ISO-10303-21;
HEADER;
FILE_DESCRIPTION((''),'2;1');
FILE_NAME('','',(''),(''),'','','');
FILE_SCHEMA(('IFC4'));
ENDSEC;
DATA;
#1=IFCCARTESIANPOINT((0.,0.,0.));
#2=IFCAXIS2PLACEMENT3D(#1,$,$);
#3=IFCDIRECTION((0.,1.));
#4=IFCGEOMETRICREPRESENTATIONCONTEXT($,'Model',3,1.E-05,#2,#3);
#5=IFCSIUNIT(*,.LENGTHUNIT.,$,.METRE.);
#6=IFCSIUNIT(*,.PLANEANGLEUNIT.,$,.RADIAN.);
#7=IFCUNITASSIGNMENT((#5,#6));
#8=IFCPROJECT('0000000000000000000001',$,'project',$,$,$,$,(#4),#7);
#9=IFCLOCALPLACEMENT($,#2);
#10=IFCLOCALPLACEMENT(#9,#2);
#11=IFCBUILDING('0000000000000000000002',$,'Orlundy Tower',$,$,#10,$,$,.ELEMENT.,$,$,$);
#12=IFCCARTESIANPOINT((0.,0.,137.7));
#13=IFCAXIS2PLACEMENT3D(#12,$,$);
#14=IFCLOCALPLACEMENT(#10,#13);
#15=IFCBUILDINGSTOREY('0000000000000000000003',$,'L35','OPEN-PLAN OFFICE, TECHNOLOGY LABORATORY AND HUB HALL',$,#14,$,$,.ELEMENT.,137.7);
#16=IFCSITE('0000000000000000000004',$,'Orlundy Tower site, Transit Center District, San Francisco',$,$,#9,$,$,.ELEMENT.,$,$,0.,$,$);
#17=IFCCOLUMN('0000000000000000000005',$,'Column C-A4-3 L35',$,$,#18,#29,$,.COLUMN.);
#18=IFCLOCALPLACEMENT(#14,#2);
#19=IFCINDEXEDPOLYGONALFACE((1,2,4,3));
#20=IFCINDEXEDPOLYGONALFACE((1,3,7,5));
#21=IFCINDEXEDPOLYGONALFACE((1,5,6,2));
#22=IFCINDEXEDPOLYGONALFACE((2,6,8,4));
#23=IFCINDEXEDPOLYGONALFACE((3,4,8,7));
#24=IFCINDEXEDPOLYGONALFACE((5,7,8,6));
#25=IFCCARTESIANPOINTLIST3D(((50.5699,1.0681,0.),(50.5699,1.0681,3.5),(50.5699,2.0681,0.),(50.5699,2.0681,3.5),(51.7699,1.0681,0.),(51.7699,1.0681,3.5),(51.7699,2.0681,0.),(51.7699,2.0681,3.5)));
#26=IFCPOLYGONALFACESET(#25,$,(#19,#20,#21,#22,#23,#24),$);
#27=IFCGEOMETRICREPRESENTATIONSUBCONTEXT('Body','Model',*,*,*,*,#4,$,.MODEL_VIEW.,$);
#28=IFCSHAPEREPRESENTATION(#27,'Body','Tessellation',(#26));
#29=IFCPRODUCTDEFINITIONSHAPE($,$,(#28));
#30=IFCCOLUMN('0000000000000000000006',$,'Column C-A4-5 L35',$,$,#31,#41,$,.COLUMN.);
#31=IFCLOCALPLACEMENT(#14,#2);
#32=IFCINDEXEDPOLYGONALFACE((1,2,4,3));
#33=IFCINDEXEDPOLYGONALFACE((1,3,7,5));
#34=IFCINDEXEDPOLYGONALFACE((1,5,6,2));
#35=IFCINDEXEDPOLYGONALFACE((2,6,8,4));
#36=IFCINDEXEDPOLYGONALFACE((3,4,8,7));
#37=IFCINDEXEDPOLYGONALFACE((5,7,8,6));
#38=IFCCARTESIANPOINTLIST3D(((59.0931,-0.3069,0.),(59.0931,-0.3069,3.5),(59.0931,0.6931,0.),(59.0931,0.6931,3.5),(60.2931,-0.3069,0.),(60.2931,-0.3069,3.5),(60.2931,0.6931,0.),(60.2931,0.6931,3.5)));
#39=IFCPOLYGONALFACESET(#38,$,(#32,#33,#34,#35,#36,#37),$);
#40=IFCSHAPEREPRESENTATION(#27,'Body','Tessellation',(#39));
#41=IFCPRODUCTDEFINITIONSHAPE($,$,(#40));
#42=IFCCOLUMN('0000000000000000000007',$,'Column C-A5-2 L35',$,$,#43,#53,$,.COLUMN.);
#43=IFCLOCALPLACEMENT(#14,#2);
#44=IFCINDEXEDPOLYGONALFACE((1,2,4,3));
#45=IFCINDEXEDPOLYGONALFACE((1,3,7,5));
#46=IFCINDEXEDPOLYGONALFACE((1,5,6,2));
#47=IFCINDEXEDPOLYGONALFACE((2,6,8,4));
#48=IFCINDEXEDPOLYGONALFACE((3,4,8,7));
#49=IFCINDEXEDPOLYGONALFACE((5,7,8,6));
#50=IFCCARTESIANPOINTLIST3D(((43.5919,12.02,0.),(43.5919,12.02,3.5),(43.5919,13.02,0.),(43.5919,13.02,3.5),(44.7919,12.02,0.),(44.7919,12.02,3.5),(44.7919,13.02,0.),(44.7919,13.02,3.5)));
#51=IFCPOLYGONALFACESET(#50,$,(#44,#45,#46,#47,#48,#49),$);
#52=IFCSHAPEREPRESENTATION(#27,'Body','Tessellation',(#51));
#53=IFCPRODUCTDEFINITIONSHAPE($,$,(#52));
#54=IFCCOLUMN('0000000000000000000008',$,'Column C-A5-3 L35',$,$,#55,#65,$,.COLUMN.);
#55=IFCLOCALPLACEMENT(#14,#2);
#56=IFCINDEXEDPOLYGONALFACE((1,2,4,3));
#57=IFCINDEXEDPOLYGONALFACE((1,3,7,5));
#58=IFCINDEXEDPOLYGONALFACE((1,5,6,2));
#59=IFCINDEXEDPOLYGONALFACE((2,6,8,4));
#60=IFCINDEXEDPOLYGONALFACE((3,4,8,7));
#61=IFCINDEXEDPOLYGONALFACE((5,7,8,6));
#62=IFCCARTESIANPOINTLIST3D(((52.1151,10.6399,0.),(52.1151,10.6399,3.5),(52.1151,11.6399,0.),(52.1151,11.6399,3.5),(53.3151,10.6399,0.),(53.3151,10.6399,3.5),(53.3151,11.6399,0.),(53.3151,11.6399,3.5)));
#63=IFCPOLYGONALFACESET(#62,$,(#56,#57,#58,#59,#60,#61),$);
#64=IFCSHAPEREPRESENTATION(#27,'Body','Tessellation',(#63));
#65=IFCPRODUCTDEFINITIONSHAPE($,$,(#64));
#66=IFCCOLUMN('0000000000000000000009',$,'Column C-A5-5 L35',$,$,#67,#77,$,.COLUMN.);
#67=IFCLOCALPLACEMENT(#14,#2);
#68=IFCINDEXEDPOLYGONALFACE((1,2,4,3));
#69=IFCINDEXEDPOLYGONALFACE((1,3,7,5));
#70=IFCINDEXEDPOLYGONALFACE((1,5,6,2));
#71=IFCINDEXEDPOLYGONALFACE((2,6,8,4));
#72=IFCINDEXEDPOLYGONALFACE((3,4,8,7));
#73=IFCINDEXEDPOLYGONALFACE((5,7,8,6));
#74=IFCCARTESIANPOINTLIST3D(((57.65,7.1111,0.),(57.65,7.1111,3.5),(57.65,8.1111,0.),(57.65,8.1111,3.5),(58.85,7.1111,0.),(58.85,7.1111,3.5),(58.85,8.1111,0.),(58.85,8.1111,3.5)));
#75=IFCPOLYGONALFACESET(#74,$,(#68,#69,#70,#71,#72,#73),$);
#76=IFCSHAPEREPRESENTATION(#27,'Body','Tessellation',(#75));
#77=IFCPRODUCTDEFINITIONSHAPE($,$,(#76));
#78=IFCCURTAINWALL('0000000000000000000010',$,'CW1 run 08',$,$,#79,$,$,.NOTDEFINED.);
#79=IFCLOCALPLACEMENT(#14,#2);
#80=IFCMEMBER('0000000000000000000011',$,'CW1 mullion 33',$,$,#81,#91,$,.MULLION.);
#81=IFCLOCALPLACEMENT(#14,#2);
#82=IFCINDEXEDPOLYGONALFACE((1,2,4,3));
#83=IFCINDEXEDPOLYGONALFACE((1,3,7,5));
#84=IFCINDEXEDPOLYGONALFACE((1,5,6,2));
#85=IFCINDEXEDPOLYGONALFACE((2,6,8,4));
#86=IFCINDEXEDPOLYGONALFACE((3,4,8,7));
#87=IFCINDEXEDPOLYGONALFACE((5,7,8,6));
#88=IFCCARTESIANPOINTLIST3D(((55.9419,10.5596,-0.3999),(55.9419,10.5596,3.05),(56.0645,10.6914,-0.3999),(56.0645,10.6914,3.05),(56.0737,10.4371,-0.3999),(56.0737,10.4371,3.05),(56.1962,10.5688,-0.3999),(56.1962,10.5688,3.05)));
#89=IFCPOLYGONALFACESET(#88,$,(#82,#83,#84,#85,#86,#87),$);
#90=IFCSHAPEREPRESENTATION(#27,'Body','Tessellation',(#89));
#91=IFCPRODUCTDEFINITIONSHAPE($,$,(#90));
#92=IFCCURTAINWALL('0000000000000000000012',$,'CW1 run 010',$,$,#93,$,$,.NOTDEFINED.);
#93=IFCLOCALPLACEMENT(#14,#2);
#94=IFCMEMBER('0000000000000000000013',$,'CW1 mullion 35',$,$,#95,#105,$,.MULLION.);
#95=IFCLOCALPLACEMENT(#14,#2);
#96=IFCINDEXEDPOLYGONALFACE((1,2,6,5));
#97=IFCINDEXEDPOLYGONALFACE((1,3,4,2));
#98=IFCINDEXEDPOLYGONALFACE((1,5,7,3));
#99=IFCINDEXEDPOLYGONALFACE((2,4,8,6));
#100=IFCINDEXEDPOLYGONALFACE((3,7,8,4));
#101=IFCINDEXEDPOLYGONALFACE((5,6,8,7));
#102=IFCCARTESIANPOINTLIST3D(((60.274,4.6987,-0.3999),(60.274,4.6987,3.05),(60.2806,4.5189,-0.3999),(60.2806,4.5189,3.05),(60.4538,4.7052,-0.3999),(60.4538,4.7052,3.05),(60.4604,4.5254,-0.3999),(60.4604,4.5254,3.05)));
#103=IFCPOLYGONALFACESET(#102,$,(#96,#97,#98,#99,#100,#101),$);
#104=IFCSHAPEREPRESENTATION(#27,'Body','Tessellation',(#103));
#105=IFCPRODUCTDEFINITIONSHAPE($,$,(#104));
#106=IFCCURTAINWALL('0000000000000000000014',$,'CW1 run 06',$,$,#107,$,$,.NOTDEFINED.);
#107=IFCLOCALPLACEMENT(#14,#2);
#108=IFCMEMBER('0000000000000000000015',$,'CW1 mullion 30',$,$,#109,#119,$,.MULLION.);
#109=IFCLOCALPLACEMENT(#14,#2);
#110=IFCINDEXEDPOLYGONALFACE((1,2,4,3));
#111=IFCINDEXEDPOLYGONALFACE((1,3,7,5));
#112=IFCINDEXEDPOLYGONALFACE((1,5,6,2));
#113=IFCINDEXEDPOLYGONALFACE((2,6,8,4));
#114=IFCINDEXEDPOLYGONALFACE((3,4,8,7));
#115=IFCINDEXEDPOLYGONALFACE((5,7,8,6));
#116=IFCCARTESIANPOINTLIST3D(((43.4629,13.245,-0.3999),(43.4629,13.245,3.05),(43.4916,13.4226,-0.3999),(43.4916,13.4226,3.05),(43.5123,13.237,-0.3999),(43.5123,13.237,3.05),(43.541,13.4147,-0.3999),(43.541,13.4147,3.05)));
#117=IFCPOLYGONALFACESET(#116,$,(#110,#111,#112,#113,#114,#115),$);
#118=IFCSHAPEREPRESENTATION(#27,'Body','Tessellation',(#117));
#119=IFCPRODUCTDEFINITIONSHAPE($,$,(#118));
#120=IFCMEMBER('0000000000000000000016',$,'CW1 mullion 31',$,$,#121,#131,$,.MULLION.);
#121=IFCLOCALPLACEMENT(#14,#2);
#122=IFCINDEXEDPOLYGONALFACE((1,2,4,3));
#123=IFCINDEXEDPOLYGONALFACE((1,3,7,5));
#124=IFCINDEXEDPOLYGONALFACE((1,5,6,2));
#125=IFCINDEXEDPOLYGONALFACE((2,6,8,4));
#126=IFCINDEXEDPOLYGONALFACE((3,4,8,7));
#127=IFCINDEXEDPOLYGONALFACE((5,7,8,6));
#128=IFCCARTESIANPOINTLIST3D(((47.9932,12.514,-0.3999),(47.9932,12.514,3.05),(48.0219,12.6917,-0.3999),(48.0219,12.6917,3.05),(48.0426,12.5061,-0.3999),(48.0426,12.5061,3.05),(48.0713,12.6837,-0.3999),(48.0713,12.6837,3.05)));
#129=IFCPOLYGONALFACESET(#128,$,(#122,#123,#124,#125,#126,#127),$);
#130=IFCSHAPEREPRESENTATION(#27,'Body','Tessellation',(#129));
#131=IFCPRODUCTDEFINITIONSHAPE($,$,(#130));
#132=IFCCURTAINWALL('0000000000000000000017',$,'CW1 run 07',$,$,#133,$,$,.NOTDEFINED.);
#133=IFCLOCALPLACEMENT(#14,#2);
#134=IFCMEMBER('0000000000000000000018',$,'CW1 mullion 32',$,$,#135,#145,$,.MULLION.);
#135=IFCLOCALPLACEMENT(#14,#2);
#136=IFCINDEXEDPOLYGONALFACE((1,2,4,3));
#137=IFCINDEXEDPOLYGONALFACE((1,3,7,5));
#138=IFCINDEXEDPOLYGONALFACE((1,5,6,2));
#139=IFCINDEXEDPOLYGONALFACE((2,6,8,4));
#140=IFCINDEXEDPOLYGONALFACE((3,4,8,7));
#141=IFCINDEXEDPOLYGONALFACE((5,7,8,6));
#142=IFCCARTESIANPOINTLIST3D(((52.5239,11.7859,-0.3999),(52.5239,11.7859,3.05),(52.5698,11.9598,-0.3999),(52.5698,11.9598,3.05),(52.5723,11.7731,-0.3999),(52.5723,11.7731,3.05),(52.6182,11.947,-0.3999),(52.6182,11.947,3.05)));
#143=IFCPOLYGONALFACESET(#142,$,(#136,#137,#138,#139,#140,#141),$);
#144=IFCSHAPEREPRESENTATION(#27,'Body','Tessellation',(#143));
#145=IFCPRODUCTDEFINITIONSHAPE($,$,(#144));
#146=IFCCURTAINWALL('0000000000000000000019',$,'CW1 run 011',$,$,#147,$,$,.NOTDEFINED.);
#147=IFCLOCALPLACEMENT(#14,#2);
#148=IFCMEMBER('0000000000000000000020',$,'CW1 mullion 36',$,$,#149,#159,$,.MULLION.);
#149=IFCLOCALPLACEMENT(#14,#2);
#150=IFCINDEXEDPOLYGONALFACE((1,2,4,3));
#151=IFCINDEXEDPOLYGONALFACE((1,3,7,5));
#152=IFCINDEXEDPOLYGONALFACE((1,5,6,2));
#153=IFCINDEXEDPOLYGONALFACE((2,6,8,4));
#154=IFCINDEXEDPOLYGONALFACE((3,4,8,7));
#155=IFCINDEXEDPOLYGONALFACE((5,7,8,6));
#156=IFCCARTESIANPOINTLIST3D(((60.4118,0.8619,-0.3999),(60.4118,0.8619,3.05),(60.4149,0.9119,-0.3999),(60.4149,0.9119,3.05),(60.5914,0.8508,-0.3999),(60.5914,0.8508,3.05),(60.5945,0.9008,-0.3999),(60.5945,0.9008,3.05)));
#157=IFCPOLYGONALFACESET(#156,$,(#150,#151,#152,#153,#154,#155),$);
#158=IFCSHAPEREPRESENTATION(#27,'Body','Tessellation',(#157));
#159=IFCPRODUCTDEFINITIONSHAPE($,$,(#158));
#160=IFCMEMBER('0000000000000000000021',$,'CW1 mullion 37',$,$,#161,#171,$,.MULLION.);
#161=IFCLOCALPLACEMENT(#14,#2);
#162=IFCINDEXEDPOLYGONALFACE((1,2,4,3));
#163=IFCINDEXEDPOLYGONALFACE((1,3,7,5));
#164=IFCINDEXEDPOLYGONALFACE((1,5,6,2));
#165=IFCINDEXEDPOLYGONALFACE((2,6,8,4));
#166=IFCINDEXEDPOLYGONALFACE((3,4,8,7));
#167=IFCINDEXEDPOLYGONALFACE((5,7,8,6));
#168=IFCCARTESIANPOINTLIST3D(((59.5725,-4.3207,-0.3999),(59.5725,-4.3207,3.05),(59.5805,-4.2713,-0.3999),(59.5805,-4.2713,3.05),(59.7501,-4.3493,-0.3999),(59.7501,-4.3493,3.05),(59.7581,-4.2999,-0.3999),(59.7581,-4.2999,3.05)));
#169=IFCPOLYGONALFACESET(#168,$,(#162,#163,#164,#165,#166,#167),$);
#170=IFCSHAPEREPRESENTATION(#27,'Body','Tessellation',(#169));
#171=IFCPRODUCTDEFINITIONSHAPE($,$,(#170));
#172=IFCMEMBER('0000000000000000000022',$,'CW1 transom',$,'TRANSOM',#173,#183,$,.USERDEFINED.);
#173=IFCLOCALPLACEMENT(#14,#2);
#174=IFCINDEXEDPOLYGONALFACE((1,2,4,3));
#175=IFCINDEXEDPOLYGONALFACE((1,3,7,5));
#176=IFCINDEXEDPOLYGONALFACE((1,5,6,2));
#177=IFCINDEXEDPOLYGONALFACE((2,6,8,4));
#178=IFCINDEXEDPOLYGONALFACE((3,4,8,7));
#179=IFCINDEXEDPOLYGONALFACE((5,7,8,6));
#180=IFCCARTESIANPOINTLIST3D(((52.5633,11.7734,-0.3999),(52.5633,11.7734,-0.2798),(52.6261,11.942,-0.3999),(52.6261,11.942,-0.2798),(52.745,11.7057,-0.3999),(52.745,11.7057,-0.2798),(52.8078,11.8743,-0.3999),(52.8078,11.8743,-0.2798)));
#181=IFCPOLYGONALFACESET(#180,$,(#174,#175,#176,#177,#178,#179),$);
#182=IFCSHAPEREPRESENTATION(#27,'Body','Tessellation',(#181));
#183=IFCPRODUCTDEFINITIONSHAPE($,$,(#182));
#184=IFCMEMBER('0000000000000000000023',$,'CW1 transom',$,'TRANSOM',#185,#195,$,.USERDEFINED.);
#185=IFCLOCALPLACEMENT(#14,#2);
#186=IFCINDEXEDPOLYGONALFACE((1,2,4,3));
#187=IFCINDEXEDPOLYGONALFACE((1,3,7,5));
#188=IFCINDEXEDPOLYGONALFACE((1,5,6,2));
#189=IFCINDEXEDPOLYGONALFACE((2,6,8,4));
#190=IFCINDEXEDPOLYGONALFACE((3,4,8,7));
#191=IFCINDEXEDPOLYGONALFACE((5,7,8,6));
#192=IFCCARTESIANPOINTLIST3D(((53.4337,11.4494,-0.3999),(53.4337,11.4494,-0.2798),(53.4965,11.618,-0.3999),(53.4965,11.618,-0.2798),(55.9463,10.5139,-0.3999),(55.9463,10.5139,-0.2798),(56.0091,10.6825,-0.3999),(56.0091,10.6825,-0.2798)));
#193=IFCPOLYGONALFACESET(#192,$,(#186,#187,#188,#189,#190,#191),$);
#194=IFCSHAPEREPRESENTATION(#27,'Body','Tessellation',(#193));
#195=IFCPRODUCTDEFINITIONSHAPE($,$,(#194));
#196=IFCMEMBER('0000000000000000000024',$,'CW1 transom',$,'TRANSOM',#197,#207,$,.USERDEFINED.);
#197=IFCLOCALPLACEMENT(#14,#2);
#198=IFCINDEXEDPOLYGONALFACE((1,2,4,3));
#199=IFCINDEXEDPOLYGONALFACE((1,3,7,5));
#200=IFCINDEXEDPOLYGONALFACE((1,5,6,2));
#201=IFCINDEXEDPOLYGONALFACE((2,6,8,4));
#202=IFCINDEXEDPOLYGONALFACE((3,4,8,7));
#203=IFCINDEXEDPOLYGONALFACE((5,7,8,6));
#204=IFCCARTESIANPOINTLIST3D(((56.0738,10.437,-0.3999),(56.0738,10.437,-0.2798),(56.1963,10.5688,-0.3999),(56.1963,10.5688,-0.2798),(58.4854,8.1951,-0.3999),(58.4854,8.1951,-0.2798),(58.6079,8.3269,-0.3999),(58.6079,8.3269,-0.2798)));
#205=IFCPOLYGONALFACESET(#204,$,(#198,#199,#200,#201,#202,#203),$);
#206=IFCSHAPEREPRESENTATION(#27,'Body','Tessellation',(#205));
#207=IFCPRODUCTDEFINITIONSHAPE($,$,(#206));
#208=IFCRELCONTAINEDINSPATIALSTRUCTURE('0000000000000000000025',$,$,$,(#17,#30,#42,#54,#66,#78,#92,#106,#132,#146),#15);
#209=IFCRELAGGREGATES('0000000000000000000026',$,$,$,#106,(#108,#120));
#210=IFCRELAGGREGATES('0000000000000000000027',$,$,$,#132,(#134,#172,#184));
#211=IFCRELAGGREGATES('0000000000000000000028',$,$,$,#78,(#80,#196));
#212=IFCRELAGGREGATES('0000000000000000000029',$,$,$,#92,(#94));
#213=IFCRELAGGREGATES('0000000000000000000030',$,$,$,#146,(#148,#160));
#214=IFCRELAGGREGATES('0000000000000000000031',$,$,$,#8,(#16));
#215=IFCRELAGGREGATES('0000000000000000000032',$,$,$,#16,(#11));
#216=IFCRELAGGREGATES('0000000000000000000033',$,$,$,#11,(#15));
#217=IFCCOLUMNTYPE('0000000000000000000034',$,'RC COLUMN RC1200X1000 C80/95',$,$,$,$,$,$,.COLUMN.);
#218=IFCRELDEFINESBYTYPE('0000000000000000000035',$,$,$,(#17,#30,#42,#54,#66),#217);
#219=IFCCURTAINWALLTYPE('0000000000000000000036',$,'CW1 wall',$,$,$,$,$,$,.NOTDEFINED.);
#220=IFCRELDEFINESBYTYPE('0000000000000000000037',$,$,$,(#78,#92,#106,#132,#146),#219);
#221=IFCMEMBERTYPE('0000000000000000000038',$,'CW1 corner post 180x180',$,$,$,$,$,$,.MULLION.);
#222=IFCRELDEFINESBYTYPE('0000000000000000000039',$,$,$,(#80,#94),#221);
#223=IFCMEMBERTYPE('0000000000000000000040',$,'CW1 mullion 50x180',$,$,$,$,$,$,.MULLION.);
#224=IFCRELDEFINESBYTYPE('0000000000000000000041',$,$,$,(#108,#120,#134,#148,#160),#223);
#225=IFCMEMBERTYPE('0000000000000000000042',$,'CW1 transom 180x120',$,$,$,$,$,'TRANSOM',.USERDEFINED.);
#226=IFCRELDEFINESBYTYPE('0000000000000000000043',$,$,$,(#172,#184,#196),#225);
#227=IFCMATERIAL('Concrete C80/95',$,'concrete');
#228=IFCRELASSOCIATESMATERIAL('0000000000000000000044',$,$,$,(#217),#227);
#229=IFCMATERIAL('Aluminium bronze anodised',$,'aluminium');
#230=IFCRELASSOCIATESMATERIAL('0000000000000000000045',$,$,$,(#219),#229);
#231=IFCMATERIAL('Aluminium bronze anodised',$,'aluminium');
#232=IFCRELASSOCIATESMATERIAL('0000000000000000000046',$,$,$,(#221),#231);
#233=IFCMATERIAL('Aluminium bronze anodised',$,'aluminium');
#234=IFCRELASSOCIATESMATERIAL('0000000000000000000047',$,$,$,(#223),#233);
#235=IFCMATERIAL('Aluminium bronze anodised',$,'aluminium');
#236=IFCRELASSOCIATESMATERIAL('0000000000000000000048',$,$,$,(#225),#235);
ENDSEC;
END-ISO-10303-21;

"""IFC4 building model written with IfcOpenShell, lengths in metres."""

from ifc_helpers import new_model, si_unit, direction, frame, origin, origin_2d, place, context, subcontext, project, spatial, rectangle, extrude, material, material_profile, profile_set, type_object, element, aggregate, save


model = new_model("IFC4")

# Units and contexts
model_context = context("Model", 3, precision=1e-05, world=origin(), true_north=direction((0.0, 1.0)))
body_context = subcontext(model_context, "Body", "Model", "MODEL_VIEW")
ifc_project = project(units=[si_unit("LENGTHUNIT", "METRE"), si_unit("PLANEANGLEUNIT", "RADIAN")], contexts=[model_context])

# Site, building, storey
site_placement = place(None, origin())
site = spatial("IfcSite", under=ifc_project, at=site_placement, Name="Orlundy Tower site, Transit Center District, San Francisco", CompositionType="ELEMENT", RefElevation=0.0)
building_placement = place(site_placement, origin())
building = spatial("IfcBuilding", under=site, at=building_placement, Name="Orlundy Tower", CompositionType="ELEMENT")
storey_placement = place(building_placement, frame((0.0, 0.0, 137.7)))
storey = spatial("IfcBuildingStorey", under=building, at=storey_placement, Name="L35", Description="OPEN-PLAN OFFICE, TECHNOLOGY LABORATORY AND HUB HALL", CompositionType="ELEMENT", Elevation=137.7)

# Columns
ifc_material_1 = material(Name="Concrete C80/95", Category="concrete")
ifc_material_profile_1 = material_profile(ifc_material_1, rectangle(XDim=1.2, YDim=1.0, at=origin_2d()), Name="RC1200X1000")
ifc_profile_set_1 = profile_set([ifc_material_profile_1], Name="Concrete C80/95")
column_type = type_object("IfcColumnType", Name="RC COLUMN RC1200X1000 C80/95", PredefinedType="COLUMN", material=ifc_profile_set_1)
for number, where, z_axis, x_axis, name in (
    (1, (51.1699, 1.5681, 0.0), (0.0, 0.0, 1.0), (1.0, 0.0, 0.0), "Column C-A4-3 L35"),
    (2, (59.6931, 0.1931, 0.0), (0.0, 0.0, 1.0), (1.0, 0.0, 0.0), "Column C-A4-5 L35"),
    (3, (44.1919, 12.52, 0.0), (0.0, 0.0, 1.0), (1.0, 0.0, 0.0), "Column C-A5-2 L35"),
    (4, (52.7151, 11.1399, 0.0), (0.0, 0.0, 1.0), (1.0, 0.0, 0.0), "Column C-A5-3 L35"),
    (5, (58.25, 7.6111, 0.0), (0.0, 0.0, 1.0), (1.0, 0.0, 0.0), "Column C-A5-5 L35"),
):
    element("IfcColumn", number, at=place(storey_placement, frame(where, z_axis=z_axis, x_axis=x_axis)), inside=storey, type_object=column_type, Name=name, PredefinedType="COLUMN", context=body_context, shape_type="SweptSolid", body=[
        extrude(rectangle(XDim=1.2, YDim=1.0, at=origin_2d()), origin(), (0.0, 0.0, 1.0), 3.5),
    ])

# Curtain walls, members
ifc_material_2 = material(Name="Aluminium bronze anodised", Category="aluminium")
curtain_wall_type = type_object("IfcCurtainWallType", Name="CW1 wall", PredefinedType="NOTDEFINED", material=ifc_material_2)
curtain_wall_1_placement = place(storey_placement, origin())
curtain_wall_1 = element("IfcCurtainWall", 6, at=curtain_wall_1_placement, inside=storey, type_object=curtain_wall_type, Name="CW1 run 08", PredefinedType="NOTDEFINED")
ifc_material_3 = material(Name="Aluminium bronze anodised", Category="aluminium")
ifc_material_profile_2 = material_profile(ifc_material_3, rectangle(XDim=0.1799, YDim=0.1799, at=origin_2d()), Name="CW1 corner post 180x180")
ifc_profile_set_2 = profile_set([ifc_material_profile_2], Name="Aluminium bronze anodised")
member_type_1 = type_object("IfcMemberType", Name="CW1 corner post 180x180", PredefinedType="MULLION", material=ifc_profile_set_2)
member_1_placement = place(storey_placement, frame((56.0691, 10.5642, -0.3999), z_axis=(0.0, 0.0, 1.0), x_axis=(0.680875, 0.732399, 0.0)))
member_1 = element("IfcMember", 7, at=member_1_placement, type_object=member_type_1, Name="CW1 mullion 33", PredefinedType="MULLION", context=body_context, shape_type="SweptSolid", body=[
    extrude(rectangle(XDim=0.1799, YDim=0.1799, at=origin_2d()), origin(), (0.0, 0.0, 1.0), 3.45),
])
curtain_wall_2_placement = place(storey_placement, origin())
curtain_wall_2 = element("IfcCurtainWall", 8, at=curtain_wall_2_placement, inside=storey, type_object=curtain_wall_type, Name="CW1 run 010", PredefinedType="NOTDEFINED")
member_2_placement = place(storey_placement, frame((60.3672, 4.6121, -0.3999), z_axis=(0.0, 0.0, 1.0), x_axis=(0.999336, 0.036423, 0.0)))
member_2 = element("IfcMember", 9, at=member_2_placement, type_object=member_type_1, Name="CW1 mullion 35", PredefinedType="MULLION", context=body_context, shape_type="SweptSolid", body=[
    extrude(rectangle(XDim=0.1799, YDim=0.1799, at=origin_2d()), origin(), (0.0, 0.0, 1.0), 3.45),
])

# Curtain wall, members
curtain_wall_3_placement = place(storey_placement, origin())
curtain_wall_3 = element("IfcCurtainWall", 10, at=curtain_wall_3_placement, inside=storey, type_object=curtain_wall_type, Name="CW1 run 06", PredefinedType="NOTDEFINED")
ifc_material_4 = material(Name="Aluminium bronze anodised", Category="aluminium")
ifc_material_profile_3 = material_profile(ifc_material_4, rectangle(XDim=0.1799, YDim=0.05, at=origin_2d()), Name="CW1 mullion 50x180")
ifc_profile_set_3 = profile_set([ifc_material_profile_3], Name="Aluminium bronze anodised")
member_type_2 = type_object("IfcMemberType", Name="CW1 mullion 50x180", PredefinedType="MULLION", material=ifc_profile_set_3)
member_3_placement = place(storey_placement, frame((43.502, 13.3298, -0.3999), z_axis=(0.0, 0.0, 1.0), x_axis=(0.159302, 0.98723, 0.0)))
member_3 = element("IfcMember", 11, at=member_3_placement, type_object=member_type_2, Name="CW1 mullion 30", PredefinedType="MULLION", context=body_context, shape_type="SweptSolid", body=[
    extrude(rectangle(XDim=0.1799, YDim=0.05, at=origin_2d()), origin(), (0.0, 0.0, 1.0), 3.45),
])
member_4_placement = place(storey_placement, frame((48.0322, 12.5989, -0.3999), z_axis=(0.0, 0.0, 1.0), x_axis=(0.159302, 0.98723, 0.0)))
member_4 = element("IfcMember", 12, at=member_4_placement, type_object=member_type_2, Name="CW1 mullion 31", PredefinedType="MULLION", context=body_context, shape_type="SweptSolid", body=[
    extrude(rectangle(XDim=0.1799, YDim=0.05, at=origin_2d()), origin(), (0.0, 0.0, 1.0), 3.45),
])

# Curtain wall, member
curtain_wall_4_placement = place(storey_placement, origin())
curtain_wall_4 = element("IfcCurtainWall", 13, at=curtain_wall_4_placement, inside=storey, type_object=curtain_wall_type, Name="CW1 run 07", PredefinedType="NOTDEFINED")
member_5_placement = place(storey_placement, frame((52.571, 11.8665, -0.3999), z_axis=(0.0, 0.0, 1.0), x_axis=(0.255334, 0.966853, 0.0)))
member_5 = element("IfcMember", 14, at=member_5_placement, type_object=member_type_2, Name="CW1 mullion 32", PredefinedType="MULLION", context=body_context, shape_type="SweptSolid", body=[
    extrude(rectangle(XDim=0.1799, YDim=0.05, at=origin_2d()), origin(), (0.0, 0.0, 1.0), 3.45),
])

# Curtain wall, members
curtain_wall_5_placement = place(storey_placement, origin())
curtain_wall_5 = element("IfcCurtainWall", 15, at=curtain_wall_5_placement, inside=storey, type_object=curtain_wall_type, Name="CW1 run 011", PredefinedType="NOTDEFINED")
member_6_placement = place(storey_placement, frame((60.5032, 0.8813, -0.3999), z_axis=(0.0, 0.0, 1.0), x_axis=(0.998092, -0.061752, 0.0)))
member_6 = element("IfcMember", 16, at=member_6_placement, type_object=member_type_2, Name="CW1 mullion 36", PredefinedType="MULLION", context=body_context, shape_type="SweptSolid", body=[
    extrude(rectangle(XDim=0.1799, YDim=0.05, at=origin_2d()), origin(), (0.0, 0.0, 1.0), 3.45),
])
member_7_placement = place(storey_placement, frame((59.6653, -4.3103, -0.3999), z_axis=(0.0, 0.0, 1.0), x_axis=(0.987225, -0.159331, 0.0)))
member_7 = element("IfcMember", 17, at=member_7_placement, type_object=member_type_2, Name="CW1 mullion 37", PredefinedType="MULLION", context=body_context, shape_type="SweptSolid", body=[
    extrude(rectangle(XDim=0.1799, YDim=0.05, at=origin_2d()), origin(), (0.0, 0.0, 1.0), 3.45),
])

# Members
ifc_material_5 = material(Name="Aluminium bronze anodised", Category="aluminium")
ifc_material_profile_4 = material_profile(ifc_material_5, rectangle(XDim=0.1799, YDim=0.1201, at=origin_2d()), Name="CW1 transom 180x120")
ifc_profile_set_4 = profile_set([ifc_material_profile_4], Name="Aluminium bronze anodised")
member_type_3 = type_object("IfcMemberType", Name="CW1 transom 180x120", ElementType="TRANSOM", PredefinedType="USERDEFINED", material=ifc_profile_set_4)
member_8_placement = place(storey_placement, frame((52.5947, 11.8577, -0.3398), z_axis=(0.937155, -0.348914, 0.0), x_axis=(0.348914, 0.937155, 0.0)))
member_8 = element("IfcMember", 18, at=member_8_placement, type_object=member_type_3, Name="CW1 transom", ObjectType="TRANSOM", PredefinedType="USERDEFINED", context=body_context, shape_type="SweptSolid", body=[
    extrude(rectangle(XDim=0.1799, YDim=0.1201, at=origin_2d()), origin(), (0.0, 0.0, 1.0), 0.1938),
])
member_9_placement = place(storey_placement, frame((53.4651, 11.5337, -0.3398), z_axis=(0.93715, -0.348927, 0.0), x_axis=(0.348927, 0.93715, 0.0)))
member_9 = element("IfcMember", 19, at=member_9_placement, type_object=member_type_3, Name="CW1 transom", ObjectType="TRANSOM", PredefinedType="USERDEFINED", context=body_context, shape_type="SweptSolid", body=[
    extrude(rectangle(XDim=0.1799, YDim=0.1201, at=origin_2d()), origin(), (0.0, 0.0, 1.0), 2.6812),
])
member_10_placement = place(storey_placement, frame((56.135, 10.5029, -0.3398), z_axis=(0.732403, -0.680872, 0.0), x_axis=(0.680872, 0.732403, 0.0)))
member_10 = element("IfcMember", 20, at=member_10_placement, type_object=member_type_3, Name="CW1 transom", ObjectType="TRANSOM", PredefinedType="USERDEFINED", context=body_context, shape_type="SweptSolid", body=[
    extrude(rectangle(XDim=0.1799, YDim=0.1201, at=origin_2d()), origin(), (0.0, 0.0, 1.0), 3.2927),
])

aggregate(curtain_wall_3, [member_3, member_4])
aggregate(curtain_wall_4, [member_5, member_8, member_9])
aggregate(curtain_wall_1, [member_1, member_10])
aggregate(curtain_wall_2, [member_2])
aggregate(curtain_wall_5, [member_6, member_7])

save(model, "model.ifc")
